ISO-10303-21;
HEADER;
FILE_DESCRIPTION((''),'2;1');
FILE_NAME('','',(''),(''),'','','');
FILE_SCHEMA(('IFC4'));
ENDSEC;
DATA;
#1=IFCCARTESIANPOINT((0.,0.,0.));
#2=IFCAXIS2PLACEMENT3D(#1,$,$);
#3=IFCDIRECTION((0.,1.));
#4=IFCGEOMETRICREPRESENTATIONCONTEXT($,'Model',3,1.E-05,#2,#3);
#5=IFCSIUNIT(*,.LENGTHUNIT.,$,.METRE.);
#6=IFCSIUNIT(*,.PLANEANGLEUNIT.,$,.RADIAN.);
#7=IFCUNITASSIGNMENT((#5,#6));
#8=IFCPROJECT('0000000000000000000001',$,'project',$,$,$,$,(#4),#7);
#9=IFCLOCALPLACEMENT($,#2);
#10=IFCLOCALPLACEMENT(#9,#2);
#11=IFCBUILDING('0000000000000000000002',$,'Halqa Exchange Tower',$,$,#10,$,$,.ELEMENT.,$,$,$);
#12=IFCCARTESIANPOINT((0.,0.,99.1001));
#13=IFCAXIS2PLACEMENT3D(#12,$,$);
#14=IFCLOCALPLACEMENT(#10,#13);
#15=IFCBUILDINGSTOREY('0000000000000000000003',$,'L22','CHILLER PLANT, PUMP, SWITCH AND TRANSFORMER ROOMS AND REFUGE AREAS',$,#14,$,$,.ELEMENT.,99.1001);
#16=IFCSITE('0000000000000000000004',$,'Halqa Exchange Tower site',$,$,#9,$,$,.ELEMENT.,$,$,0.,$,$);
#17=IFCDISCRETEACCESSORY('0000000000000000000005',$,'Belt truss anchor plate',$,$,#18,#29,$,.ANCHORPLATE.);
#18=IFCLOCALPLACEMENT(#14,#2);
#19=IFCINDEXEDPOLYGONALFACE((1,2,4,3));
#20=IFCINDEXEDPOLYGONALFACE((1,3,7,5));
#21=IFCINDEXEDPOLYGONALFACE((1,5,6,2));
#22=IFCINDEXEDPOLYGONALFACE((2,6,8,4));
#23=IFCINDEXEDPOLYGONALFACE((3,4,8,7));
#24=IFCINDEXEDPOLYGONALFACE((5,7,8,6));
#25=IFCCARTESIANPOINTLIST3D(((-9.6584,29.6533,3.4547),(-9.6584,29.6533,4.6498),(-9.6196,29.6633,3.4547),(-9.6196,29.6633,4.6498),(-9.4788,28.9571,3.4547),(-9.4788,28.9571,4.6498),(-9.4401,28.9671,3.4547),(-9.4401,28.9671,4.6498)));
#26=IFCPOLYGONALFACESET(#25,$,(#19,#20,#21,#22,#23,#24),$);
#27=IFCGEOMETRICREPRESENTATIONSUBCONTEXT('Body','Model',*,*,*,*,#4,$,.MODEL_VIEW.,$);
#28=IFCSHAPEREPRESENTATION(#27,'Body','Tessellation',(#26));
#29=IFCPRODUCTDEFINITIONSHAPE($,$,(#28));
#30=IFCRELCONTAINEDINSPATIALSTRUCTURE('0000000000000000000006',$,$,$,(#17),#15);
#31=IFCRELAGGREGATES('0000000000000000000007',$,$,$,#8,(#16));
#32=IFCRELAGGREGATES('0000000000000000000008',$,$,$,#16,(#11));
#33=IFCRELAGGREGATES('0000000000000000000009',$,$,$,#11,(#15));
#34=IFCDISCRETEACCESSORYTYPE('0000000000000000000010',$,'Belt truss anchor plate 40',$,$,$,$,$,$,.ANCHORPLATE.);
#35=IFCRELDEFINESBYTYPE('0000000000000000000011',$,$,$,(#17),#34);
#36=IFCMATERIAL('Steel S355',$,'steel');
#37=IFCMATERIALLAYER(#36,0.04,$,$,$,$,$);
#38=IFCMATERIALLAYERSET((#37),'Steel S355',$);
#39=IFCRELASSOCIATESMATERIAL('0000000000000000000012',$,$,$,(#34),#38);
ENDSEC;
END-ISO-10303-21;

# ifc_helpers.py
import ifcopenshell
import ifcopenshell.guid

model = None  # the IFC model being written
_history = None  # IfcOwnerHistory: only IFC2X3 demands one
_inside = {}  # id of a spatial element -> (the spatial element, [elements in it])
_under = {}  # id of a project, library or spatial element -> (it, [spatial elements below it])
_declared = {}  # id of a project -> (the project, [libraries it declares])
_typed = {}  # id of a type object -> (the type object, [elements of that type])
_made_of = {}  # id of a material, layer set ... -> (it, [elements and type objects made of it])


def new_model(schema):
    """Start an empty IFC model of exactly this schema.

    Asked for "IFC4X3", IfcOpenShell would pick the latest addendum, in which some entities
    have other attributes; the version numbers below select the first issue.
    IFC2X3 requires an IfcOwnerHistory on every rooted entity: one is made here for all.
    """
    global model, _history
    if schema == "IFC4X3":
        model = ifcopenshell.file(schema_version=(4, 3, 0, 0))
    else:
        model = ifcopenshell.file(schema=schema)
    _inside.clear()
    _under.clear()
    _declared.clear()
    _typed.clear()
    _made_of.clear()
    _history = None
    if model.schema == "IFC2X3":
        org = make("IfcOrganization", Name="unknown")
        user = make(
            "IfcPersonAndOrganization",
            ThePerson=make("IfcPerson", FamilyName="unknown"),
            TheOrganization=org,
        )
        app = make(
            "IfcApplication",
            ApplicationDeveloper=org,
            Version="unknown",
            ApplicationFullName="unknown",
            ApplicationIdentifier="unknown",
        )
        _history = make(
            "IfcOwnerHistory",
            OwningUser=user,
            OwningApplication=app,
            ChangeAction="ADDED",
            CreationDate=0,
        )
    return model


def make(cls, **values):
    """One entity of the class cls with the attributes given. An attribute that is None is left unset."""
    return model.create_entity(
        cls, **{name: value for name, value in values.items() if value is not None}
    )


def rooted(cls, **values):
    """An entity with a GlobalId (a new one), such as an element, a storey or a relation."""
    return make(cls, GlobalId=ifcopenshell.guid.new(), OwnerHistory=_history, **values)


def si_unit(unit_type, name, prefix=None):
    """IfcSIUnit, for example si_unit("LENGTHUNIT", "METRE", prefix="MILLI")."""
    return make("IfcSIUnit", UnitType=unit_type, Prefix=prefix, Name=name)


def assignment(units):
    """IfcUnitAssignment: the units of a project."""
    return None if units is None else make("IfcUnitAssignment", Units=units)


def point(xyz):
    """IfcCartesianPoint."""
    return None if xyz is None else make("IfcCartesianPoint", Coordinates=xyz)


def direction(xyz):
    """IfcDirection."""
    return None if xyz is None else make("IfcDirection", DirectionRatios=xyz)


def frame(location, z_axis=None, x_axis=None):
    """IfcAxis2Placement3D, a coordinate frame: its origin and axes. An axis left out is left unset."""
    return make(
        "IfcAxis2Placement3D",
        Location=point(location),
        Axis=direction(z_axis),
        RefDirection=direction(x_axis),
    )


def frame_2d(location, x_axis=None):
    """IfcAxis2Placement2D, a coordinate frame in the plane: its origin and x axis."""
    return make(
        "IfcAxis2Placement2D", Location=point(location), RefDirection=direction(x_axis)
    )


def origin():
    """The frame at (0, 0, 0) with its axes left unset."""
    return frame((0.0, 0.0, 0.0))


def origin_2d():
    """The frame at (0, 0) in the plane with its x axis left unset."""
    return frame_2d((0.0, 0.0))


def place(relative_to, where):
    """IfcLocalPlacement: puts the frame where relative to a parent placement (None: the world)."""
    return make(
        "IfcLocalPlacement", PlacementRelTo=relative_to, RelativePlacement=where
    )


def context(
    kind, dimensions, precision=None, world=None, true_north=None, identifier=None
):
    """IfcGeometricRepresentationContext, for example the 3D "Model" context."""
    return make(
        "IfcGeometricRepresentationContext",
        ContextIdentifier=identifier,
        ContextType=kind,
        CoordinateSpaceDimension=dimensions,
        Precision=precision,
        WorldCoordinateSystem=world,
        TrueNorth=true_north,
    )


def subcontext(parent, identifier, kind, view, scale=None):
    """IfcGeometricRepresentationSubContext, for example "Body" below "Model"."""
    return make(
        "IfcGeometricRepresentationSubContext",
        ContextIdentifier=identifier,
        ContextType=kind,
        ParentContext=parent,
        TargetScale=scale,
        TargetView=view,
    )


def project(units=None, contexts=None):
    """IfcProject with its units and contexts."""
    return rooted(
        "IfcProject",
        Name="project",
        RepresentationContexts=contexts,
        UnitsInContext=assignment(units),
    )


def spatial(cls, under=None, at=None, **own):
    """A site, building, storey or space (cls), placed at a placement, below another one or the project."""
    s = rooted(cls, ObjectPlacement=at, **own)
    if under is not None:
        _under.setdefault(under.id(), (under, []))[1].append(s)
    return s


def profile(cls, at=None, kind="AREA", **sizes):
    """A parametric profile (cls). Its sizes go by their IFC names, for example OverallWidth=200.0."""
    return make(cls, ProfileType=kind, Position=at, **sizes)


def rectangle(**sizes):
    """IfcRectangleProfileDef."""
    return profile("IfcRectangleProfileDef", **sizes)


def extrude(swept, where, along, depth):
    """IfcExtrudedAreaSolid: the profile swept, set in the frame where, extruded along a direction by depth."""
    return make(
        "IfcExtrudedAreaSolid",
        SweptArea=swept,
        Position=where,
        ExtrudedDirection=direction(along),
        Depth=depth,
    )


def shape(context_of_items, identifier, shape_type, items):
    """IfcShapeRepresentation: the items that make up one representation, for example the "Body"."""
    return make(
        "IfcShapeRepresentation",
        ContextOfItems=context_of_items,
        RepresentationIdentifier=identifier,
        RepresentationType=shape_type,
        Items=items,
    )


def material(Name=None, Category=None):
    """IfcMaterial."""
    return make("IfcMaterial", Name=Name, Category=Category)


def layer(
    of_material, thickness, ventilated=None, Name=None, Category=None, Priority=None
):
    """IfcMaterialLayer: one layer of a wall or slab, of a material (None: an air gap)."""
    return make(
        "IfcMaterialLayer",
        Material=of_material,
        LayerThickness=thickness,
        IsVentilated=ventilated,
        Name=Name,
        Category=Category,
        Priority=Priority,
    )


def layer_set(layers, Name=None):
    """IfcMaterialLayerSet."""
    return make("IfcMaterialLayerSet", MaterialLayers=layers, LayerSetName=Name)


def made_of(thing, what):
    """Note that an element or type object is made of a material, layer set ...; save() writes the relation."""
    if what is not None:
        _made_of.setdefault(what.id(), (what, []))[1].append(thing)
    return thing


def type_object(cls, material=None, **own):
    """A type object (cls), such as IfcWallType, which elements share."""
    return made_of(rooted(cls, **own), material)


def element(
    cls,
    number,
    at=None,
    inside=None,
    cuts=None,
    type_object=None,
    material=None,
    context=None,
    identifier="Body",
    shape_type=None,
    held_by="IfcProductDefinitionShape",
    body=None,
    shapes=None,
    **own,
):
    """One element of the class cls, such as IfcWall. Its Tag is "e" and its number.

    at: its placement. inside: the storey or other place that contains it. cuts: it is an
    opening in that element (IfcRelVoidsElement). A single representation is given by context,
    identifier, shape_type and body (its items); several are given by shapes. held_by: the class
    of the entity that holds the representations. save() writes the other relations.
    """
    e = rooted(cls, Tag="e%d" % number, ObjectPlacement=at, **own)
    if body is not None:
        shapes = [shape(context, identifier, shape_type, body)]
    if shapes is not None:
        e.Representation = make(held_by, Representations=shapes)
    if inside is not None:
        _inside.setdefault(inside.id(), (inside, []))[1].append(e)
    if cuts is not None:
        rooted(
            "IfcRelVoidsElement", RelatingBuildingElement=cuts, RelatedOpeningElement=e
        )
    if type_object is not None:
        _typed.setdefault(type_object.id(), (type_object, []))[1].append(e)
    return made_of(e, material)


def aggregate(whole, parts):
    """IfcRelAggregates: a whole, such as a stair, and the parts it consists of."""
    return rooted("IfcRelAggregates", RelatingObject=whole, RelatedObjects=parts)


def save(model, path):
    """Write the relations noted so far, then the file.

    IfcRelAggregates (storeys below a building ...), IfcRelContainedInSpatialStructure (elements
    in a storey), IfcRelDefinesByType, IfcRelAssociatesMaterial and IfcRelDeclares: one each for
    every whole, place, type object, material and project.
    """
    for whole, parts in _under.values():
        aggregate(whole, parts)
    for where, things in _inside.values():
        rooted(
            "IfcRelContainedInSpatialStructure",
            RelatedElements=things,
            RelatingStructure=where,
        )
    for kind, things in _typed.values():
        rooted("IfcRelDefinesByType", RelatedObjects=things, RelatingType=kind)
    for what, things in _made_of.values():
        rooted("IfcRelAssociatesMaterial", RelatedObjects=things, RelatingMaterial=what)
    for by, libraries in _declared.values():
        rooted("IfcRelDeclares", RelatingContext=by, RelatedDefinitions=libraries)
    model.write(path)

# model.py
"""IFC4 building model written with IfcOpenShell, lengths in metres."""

from ifc_helpers import new_model, si_unit, direction, frame, origin, origin_2d, place, context, subcontext, project, spatial, rectangle, extrude, material, layer, layer_set, type_object, element, save


model = new_model("IFC4")

# Units and contexts
model_context = context("Model", 3, precision=1e-05, world=origin(), true_north=direction((0.0, 1.0)))
body_context = subcontext(model_context, "Body", "Model", "MODEL_VIEW")
ifc_project = project(units=[si_unit("LENGTHUNIT", "METRE"), si_unit("PLANEANGLEUNIT", "RADIAN")], contexts=[model_context])

# Site, building, storey
site_placement = place(None, origin())
site = spatial("IfcSite", under=ifc_project, at=site_placement, Name="Halqa Exchange Tower site", CompositionType="ELEMENT", RefElevation=0.0)
building_placement = place(site_placement, origin())
building = spatial("IfcBuilding", under=site, at=building_placement, Name="Halqa Exchange Tower", CompositionType="ELEMENT")
storey_placement = place(building_placement, frame((0.0, 0.0, 99.1001)))
storey = spatial("IfcBuildingStorey", under=building, at=storey_placement, Name="L22", Description="CHILLER PLANT, PUMP, SWITCH AND TRANSFORMER ROOMS AND REFUGE AREAS", CompositionType="ELEMENT", Elevation=99.1001)

# Shared definitions
ifc_material_1 = material(Name="Steel S355", Category="steel")

# Discrete accessory
ifc_layer_1 = layer(ifc_material_1, 0.04)
ifc_layer_set_1 = layer_set([ifc_layer_1], Name="Steel S355")
discrete_accessory_type = type_object("IfcDiscreteAccessoryType", Name="Belt truss anchor plate 40", PredefinedType="ANCHORPLATE", material=ifc_layer_set_1)
discrete_accessory_1_placement = place(storey_placement, frame((-9.5686, 29.3052, 4.0522), z_axis=(0.968325, 0.249694, 0.0), x_axis=(-0.249694, 0.968325, 0.0)))
element("IfcDiscreteAccessory", 1, at=discrete_accessory_1_placement, inside=storey, type_object=discrete_accessory_type, Name="Belt truss anchor plate", PredefinedType="ANCHORPLATE", context=body_context, shape_type="SweptSolid", body=[
    extrude(rectangle(XDim=0.719, YDim=1.1951, at=origin_2d()), origin(), (0.0, 0.0, 1.0), 0.04),
])

save(model, "model.ifc")
